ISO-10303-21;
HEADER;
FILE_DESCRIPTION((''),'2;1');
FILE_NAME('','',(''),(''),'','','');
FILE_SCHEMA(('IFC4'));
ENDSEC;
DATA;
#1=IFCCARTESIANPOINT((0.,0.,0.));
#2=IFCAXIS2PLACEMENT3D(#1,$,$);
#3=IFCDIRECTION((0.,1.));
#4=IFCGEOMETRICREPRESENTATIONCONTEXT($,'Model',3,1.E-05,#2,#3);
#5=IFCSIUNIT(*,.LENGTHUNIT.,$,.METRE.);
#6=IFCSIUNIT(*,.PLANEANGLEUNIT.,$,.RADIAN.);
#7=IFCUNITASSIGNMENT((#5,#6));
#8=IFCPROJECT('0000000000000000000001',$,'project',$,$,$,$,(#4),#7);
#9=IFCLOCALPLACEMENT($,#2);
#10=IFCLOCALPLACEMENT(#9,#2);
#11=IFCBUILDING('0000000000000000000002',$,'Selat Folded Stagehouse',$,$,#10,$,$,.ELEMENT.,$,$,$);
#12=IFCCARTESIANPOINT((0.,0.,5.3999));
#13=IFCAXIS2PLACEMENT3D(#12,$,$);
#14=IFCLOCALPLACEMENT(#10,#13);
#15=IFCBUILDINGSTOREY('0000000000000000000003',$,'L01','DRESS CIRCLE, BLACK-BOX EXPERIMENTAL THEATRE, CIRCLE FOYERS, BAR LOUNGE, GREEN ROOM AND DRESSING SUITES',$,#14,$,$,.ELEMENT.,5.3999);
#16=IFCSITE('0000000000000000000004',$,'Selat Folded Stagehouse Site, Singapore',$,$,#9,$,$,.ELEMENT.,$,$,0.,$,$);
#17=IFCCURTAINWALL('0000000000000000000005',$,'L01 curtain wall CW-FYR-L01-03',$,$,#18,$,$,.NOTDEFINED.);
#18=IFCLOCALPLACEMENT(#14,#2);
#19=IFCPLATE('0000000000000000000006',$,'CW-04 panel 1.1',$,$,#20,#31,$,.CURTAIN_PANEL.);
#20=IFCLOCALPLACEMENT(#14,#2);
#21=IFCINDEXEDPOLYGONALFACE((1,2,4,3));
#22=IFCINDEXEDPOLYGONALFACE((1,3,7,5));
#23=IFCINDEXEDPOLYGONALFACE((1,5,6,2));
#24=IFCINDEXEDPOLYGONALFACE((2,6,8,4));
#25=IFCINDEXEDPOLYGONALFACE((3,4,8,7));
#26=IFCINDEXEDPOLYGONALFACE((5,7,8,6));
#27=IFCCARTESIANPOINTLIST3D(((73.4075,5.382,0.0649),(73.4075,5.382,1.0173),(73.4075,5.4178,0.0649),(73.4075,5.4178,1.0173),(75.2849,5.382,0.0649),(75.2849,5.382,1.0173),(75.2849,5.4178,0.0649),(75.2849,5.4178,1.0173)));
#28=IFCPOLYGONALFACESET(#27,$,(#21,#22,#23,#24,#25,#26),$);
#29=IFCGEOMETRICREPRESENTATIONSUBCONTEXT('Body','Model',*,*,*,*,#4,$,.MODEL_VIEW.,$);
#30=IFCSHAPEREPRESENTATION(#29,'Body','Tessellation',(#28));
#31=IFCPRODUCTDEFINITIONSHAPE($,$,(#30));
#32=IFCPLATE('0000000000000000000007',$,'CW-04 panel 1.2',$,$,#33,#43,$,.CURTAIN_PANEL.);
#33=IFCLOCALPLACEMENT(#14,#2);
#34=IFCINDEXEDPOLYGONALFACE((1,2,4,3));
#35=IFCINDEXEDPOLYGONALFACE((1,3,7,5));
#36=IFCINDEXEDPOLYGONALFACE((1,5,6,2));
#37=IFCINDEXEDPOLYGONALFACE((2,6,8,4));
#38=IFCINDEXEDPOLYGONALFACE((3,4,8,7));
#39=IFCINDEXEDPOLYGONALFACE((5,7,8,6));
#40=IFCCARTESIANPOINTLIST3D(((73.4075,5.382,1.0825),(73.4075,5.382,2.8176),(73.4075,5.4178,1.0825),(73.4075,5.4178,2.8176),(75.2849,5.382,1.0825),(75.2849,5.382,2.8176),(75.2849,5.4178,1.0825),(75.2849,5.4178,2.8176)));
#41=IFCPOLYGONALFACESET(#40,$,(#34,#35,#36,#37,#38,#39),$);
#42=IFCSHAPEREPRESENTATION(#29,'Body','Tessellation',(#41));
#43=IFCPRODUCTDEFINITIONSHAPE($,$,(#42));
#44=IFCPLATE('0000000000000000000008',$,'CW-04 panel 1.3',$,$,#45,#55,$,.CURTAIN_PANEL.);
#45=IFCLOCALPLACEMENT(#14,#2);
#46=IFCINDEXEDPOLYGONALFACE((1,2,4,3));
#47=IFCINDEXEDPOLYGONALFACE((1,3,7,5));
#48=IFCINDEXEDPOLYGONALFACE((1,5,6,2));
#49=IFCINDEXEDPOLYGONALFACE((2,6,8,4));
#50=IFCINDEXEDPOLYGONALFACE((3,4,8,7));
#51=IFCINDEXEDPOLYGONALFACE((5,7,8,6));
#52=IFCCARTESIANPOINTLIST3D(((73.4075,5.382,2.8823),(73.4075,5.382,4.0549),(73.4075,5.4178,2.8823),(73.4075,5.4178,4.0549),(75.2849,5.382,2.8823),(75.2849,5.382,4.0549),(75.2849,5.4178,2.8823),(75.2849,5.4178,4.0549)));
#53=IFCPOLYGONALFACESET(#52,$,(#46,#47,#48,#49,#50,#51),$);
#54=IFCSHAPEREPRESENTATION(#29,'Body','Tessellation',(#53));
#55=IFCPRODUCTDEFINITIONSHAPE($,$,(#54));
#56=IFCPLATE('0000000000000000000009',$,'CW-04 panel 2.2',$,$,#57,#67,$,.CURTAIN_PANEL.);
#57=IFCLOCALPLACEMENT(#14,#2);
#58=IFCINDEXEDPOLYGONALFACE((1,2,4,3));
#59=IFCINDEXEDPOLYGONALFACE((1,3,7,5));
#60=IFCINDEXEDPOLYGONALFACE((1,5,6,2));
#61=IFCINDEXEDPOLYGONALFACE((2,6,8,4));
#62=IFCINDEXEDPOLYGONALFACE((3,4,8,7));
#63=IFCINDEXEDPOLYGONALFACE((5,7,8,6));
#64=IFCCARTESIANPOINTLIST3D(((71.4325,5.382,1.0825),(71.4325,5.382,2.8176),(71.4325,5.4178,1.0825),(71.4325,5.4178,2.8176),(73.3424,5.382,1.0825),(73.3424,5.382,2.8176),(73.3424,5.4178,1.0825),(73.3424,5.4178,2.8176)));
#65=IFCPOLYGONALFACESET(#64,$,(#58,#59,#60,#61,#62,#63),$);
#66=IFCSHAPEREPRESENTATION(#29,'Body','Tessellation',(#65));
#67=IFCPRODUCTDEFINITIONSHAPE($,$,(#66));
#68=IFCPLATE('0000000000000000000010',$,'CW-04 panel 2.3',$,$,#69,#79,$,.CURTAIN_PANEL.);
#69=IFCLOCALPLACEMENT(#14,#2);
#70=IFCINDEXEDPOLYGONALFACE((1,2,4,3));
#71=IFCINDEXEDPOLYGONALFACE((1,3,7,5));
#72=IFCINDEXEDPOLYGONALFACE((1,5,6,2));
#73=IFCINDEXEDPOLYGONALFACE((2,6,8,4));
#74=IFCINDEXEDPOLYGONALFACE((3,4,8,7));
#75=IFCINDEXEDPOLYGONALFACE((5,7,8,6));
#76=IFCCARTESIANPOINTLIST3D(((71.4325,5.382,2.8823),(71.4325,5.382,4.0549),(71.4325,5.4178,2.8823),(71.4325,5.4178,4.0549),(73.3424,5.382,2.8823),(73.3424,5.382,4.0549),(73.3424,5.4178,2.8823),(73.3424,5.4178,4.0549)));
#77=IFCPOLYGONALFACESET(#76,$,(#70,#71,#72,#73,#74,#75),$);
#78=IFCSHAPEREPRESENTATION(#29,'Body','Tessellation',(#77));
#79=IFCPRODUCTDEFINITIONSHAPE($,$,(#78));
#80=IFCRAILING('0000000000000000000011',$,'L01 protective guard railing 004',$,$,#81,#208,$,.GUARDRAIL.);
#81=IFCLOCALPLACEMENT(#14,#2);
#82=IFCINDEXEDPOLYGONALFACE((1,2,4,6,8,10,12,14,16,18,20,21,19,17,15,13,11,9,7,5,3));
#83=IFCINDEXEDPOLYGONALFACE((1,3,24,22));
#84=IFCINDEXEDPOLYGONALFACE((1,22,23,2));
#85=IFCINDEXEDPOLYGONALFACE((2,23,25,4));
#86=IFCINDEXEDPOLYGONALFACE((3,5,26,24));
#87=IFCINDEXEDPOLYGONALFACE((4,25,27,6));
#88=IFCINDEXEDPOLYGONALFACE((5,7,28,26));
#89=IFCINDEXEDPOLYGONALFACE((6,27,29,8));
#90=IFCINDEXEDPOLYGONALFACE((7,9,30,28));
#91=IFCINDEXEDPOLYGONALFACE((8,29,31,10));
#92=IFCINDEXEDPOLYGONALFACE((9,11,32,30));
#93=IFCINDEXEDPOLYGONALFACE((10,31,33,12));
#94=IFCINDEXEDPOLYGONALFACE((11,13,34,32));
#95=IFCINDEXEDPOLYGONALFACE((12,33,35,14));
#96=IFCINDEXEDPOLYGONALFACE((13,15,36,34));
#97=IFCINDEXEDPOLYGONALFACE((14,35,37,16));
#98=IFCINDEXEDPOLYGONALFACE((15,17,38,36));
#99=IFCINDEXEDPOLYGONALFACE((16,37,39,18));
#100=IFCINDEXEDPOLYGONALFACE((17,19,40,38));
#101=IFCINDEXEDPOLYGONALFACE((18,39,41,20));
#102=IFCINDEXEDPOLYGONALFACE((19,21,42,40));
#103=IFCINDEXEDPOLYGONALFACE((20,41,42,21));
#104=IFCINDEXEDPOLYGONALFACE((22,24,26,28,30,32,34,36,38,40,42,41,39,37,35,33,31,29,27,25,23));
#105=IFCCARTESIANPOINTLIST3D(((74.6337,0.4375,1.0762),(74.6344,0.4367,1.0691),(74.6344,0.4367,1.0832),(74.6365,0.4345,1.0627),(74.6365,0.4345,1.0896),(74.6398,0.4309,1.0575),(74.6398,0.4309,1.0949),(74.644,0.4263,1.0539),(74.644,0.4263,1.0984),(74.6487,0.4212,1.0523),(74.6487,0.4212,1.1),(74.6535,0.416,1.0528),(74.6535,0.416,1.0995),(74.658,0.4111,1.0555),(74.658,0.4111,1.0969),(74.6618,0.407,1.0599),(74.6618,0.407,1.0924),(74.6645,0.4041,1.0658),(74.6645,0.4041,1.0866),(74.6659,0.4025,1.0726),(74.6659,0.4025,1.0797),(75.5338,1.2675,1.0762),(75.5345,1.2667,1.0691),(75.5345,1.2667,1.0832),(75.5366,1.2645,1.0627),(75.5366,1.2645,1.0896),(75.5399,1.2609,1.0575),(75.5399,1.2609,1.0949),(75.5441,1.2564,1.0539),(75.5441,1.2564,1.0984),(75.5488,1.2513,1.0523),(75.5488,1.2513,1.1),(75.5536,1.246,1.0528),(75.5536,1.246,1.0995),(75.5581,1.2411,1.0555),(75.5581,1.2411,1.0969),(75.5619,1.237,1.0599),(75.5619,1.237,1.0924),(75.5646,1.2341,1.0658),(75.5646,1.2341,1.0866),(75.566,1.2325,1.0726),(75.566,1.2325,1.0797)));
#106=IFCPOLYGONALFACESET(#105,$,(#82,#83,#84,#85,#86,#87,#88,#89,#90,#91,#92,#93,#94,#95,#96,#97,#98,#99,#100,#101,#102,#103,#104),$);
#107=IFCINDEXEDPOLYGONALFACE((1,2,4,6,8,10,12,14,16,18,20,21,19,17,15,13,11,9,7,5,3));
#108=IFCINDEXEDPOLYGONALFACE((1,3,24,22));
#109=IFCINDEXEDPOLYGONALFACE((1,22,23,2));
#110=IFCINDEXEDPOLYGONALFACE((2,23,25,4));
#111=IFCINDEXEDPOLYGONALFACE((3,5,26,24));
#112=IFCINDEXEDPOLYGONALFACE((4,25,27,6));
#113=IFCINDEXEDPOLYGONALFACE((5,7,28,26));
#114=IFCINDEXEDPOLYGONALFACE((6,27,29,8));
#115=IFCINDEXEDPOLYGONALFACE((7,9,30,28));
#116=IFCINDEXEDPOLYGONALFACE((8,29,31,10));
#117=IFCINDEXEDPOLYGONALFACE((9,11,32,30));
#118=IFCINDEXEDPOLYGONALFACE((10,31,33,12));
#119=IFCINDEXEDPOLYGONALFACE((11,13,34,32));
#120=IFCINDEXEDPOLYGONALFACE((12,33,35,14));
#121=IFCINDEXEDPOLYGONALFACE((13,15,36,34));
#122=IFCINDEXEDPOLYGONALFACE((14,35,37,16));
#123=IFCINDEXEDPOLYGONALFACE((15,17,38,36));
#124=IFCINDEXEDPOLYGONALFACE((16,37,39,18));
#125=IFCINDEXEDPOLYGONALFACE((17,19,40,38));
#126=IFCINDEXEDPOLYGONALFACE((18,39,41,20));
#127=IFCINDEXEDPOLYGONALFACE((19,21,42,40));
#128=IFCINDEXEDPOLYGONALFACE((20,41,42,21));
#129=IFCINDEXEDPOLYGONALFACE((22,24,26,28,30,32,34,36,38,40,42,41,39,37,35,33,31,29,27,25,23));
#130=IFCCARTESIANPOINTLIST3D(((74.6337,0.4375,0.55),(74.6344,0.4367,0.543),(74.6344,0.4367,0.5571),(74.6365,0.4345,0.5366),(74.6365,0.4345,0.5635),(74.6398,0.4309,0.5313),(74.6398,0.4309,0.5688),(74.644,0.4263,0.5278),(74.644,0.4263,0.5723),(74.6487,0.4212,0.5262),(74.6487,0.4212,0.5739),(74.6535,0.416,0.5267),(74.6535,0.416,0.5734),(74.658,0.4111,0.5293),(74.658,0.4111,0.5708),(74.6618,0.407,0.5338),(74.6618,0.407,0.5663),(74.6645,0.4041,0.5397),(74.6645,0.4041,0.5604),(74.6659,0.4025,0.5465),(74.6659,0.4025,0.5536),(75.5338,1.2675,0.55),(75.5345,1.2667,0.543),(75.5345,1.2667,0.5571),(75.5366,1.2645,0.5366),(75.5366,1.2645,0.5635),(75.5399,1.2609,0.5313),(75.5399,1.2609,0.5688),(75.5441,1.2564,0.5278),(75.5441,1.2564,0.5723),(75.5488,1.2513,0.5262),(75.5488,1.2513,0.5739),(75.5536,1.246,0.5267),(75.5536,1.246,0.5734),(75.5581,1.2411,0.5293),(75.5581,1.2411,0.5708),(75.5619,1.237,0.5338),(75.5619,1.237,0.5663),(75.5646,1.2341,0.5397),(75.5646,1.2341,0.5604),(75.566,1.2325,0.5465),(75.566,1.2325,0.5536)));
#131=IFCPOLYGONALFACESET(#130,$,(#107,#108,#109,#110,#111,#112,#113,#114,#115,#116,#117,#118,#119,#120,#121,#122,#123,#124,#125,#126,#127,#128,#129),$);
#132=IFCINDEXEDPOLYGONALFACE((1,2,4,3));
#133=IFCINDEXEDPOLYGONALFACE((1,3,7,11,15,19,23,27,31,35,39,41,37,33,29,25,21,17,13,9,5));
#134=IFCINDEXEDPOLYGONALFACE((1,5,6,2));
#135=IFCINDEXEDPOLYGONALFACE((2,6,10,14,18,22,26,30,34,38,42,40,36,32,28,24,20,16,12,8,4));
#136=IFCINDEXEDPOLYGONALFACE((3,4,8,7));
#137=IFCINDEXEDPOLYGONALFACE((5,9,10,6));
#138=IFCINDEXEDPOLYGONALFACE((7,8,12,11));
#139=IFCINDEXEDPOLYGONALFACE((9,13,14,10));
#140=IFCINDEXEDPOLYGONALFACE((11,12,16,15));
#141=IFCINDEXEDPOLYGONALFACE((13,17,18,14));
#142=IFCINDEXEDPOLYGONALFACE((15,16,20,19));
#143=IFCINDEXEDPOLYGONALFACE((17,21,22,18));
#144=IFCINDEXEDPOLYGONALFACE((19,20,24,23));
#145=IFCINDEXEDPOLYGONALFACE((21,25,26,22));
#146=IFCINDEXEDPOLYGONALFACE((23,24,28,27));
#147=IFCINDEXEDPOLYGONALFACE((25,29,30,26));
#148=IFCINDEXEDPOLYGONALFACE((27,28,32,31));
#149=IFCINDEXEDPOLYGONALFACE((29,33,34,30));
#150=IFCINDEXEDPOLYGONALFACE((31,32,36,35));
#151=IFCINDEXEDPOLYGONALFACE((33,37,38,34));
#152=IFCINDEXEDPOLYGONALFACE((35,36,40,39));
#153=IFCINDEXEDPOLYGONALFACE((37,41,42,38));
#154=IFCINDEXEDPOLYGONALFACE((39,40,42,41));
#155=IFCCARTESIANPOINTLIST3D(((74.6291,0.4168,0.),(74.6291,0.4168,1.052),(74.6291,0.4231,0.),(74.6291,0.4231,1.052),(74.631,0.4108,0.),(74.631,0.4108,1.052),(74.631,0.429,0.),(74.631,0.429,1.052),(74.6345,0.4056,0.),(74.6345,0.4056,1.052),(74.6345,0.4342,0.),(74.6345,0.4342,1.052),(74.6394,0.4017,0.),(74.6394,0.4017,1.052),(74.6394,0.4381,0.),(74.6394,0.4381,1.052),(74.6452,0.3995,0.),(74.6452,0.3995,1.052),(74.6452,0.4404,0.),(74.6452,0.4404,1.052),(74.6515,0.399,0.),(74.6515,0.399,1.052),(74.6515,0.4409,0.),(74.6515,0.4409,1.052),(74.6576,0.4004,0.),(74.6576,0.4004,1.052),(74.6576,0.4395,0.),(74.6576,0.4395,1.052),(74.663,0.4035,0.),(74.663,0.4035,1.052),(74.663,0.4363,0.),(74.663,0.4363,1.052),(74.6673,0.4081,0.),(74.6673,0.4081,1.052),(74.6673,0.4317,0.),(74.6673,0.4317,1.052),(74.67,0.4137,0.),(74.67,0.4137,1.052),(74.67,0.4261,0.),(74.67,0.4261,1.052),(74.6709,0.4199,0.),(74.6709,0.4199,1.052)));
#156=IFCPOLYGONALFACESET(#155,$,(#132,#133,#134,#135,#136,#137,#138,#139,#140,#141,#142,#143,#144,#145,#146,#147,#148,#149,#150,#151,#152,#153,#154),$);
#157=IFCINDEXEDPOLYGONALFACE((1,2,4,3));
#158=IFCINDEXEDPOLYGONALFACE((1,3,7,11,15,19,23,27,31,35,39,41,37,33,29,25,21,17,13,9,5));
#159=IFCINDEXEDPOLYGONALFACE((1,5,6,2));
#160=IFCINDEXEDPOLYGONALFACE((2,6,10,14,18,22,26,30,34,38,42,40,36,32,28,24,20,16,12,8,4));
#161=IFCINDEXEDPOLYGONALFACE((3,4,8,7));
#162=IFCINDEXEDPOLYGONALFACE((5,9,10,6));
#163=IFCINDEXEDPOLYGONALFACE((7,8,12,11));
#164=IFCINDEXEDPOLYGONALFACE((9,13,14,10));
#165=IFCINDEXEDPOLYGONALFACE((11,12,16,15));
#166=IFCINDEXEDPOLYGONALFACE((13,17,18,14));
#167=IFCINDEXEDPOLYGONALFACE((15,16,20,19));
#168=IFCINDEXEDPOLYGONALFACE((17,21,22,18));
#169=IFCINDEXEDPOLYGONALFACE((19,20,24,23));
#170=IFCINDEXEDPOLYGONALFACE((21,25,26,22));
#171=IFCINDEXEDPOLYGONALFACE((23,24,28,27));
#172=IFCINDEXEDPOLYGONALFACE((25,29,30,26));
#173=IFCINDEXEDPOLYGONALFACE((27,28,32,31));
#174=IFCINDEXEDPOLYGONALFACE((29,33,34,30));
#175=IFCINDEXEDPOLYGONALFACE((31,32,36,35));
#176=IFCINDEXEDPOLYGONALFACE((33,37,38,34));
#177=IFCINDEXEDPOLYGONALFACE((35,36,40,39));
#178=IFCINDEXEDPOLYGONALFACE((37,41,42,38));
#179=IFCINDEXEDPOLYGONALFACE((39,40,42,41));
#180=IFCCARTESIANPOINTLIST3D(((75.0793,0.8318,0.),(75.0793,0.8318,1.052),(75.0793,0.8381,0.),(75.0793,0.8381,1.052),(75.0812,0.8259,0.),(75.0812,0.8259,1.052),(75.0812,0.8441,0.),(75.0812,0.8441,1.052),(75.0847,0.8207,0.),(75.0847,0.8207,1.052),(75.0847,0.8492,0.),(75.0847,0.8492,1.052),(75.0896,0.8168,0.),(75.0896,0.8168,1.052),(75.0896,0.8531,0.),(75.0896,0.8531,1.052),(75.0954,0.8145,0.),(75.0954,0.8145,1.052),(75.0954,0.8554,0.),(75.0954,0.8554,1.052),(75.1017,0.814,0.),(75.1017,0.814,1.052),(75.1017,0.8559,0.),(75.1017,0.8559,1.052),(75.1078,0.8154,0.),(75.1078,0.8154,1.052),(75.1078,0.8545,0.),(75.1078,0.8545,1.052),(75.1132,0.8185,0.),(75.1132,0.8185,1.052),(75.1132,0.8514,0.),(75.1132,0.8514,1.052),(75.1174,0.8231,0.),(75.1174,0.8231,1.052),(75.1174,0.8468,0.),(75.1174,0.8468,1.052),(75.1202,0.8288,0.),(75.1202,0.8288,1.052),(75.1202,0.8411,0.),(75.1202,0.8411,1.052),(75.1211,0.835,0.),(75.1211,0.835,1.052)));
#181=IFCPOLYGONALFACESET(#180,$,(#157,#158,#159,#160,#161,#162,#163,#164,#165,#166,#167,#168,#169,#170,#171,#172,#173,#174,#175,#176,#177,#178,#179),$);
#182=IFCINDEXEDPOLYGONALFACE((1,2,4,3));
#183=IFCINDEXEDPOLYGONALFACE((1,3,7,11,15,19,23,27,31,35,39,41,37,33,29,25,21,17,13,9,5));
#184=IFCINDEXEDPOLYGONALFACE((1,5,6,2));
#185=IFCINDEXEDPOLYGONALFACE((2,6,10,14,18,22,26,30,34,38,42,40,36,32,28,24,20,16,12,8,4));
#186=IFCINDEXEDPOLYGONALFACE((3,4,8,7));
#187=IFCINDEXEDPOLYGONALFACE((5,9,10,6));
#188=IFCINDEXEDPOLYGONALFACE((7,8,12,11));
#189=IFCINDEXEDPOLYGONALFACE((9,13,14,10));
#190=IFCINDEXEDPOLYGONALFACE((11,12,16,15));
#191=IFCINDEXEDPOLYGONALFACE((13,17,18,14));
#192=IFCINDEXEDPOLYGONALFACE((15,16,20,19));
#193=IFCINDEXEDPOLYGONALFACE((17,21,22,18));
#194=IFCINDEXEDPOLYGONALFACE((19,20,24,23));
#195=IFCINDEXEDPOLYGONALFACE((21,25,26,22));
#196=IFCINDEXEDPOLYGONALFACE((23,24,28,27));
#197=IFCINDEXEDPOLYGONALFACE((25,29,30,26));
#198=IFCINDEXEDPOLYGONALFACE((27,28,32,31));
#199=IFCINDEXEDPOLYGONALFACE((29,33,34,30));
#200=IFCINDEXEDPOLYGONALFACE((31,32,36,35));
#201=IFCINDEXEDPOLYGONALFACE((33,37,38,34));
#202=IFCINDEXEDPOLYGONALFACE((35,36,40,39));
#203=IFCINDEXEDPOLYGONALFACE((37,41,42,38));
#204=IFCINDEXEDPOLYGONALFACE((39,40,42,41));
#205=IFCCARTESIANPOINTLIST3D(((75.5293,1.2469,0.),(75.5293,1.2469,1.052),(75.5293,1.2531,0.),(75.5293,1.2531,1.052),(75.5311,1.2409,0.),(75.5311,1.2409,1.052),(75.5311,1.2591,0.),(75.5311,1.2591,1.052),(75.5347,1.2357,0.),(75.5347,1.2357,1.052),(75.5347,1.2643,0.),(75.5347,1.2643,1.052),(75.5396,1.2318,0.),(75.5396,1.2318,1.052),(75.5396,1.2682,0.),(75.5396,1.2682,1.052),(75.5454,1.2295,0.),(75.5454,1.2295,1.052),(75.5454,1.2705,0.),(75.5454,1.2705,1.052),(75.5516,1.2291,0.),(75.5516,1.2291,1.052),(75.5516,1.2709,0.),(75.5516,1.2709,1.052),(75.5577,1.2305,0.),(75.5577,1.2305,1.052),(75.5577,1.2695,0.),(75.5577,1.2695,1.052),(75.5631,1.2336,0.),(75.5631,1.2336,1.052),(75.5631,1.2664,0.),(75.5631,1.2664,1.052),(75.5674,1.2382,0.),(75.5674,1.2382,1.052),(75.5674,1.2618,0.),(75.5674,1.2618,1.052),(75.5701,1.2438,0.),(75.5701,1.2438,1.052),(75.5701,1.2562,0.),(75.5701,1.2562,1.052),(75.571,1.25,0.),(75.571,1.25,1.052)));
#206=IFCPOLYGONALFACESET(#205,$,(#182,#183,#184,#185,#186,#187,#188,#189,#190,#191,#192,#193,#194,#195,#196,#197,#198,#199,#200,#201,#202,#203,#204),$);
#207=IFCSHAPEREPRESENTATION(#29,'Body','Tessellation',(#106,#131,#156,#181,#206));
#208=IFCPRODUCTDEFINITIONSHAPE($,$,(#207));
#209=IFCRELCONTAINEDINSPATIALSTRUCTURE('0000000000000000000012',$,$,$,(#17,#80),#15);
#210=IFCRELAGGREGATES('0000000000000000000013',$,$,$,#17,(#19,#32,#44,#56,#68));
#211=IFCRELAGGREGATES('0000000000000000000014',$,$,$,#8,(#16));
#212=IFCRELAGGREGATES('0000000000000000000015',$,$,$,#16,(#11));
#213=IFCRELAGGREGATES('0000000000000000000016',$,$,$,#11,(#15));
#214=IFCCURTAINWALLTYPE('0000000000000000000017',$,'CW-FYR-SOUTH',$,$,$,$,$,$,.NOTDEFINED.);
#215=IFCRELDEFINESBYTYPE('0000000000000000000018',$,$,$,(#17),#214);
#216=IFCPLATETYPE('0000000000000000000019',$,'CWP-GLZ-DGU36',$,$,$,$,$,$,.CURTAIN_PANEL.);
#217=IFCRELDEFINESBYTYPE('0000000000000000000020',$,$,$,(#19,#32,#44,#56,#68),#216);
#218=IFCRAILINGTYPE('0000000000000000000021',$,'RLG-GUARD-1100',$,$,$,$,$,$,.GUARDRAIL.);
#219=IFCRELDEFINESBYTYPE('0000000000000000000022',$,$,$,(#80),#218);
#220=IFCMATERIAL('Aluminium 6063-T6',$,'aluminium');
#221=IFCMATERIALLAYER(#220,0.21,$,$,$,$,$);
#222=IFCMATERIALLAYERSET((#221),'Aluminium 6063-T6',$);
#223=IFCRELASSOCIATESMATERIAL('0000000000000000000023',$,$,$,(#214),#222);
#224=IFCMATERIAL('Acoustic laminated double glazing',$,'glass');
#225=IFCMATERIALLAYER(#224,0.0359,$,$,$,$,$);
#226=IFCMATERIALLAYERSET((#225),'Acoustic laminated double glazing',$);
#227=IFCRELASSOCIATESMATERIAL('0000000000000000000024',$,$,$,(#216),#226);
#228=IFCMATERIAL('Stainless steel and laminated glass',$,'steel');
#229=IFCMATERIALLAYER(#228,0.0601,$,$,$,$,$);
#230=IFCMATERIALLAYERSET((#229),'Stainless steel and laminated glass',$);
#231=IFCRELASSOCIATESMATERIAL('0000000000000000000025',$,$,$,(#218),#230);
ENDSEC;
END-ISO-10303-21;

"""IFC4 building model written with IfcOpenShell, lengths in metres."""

from ifc_helpers import new_model, si_unit, direction, frame, origin, origin_2d, place, context, subcontext, project, spatial, rectangle, circle, extrude, material, layer, layer_set, type_object, element, aggregate, save


model = new_model("IFC4")

# Units and contexts
model_context = context("Model", 3, precision=1e-05, world=origin(), true_north=direction((0.0, 1.0)))
body_context = subcontext(model_context, "Body", "Model", "MODEL_VIEW")
ifc_project = project(units=[si_unit("LENGTHUNIT", "METRE"), si_unit("PLANEANGLEUNIT", "RADIAN")], contexts=[model_context])

# Site, building, storey
site_placement = place(None, origin())
site = spatial("IfcSite", under=ifc_project, at=site_placement, Name="Selat Folded Stagehouse Site, Singapore", CompositionType="ELEMENT", RefElevation=0.0)
building_placement = place(site_placement, origin())
building = spatial("IfcBuilding", under=site, at=building_placement, Name="Selat Folded Stagehouse", CompositionType="ELEMENT")
storey_placement = place(building_placement, frame((0.0, 0.0, 5.3999)))
storey = spatial("IfcBuildingStorey", under=building, at=storey_placement, Name="L01", Description="DRESS CIRCLE, BLACK-BOX EXPERIMENTAL THEATRE, CIRCLE FOYERS, BAR LOUNGE, GREEN ROOM AND DRESSING SUITES", CompositionType="ELEMENT", Elevation=5.3999)

# Curtain wall
ifc_material_1 = material(Name="Aluminium 6063-T6", Category="aluminium")
ifc_layer_1 = layer(ifc_material_1, 0.21)
ifc_layer_set_1 = layer_set([ifc_layer_1], Name="Aluminium 6063-T6")
curtain_wall_type = type_object("IfcCurtainWallType", Name="CW-FYR-SOUTH", PredefinedType="NOTDEFINED", material=ifc_layer_set_1)
curtain_wall_placement = place(storey_placement, origin())
curtain_wall = element("IfcCurtainWall", 1, at=curtain_wall_placement, inside=storey, type_object=curtain_wall_type, Name="L01 curtain wall CW-FYR-L01-03", PredefinedType="NOTDEFINED")

# Plates
ifc_material_2 = material(Name="Acoustic laminated double glazing", Category="glass")
ifc_layer_2 = layer(ifc_material_2, 0.0359)
ifc_layer_set_2 = layer_set([ifc_layer_2], Name="Acoustic laminated double glazing")
plate_type = type_object("IfcPlateType", Name="CWP-GLZ-DGU36", PredefinedType="CURTAIN_PANEL", material=ifc_layer_set_2)
plate_1_placement = place(storey_placement, frame((74.3462, 5.3999, 0.0649), z_axis=(0.0, 0.0, 1.0), x_axis=(-1.0, 0.0, 0.0)))
plate_1 = element("IfcPlate", 2, at=plate_1_placement, type_object=plate_type, Name="CW-04 panel 1.1", PredefinedType="CURTAIN_PANEL", context=body_context, shape_type="SweptSolid", body=[
    extrude(rectangle(XDim=1.8774, YDim=0.0359, at=origin_2d()), origin(), (0.0, 0.0, 1.0), 0.9524),
])
plate_2_placement = place(storey_placement, frame((74.3462, 5.3999, 1.0825), z_axis=(0.0, 0.0, 1.0), x_axis=(-1.0, 0.0, 0.0)))
plate_2 = element("IfcPlate", 3, at=plate_2_placement, type_object=plate_type, Name="CW-04 panel 1.2", PredefinedType="CURTAIN_PANEL", context=body_context, shape_type="SweptSolid", body=[
    extrude(rectangle(XDim=1.8774, YDim=0.0359, at=origin_2d()), origin(), (0.0, 0.0, 1.0), 1.7351),
])
plate_3_placement = place(storey_placement, frame((74.3462, 5.3999, 2.8823), z_axis=(0.0, 0.0, 1.0), x_axis=(-1.0, 0.0, 0.0)))
plate_3 = element("IfcPlate", 4, at=plate_3_placement, type_object=plate_type, Name="CW-04 panel 1.3", PredefinedType="CURTAIN_PANEL", context=body_context, shape_type="SweptSolid", body=[
    extrude(rectangle(XDim=1.8774, YDim=0.0359, at=origin_2d()), origin(), (0.0, 0.0, 1.0), 1.1726),
])
plate_4_placement = place(storey_placement, frame((72.3875, 5.3999, 1.0825), z_axis=(0.0, 0.0, 1.0), x_axis=(-1.0, 0.0, 0.0)))
plate_4 = element("IfcPlate", 5, at=plate_4_placement, type_object=plate_type, Name="CW-04 panel 2.2", PredefinedType="CURTAIN_PANEL", context=body_context, shape_type="SweptSolid", body=[
    extrude(rectangle(XDim=1.9099, YDim=0.0359, at=origin_2d()), origin(), (0.0, 0.0, 1.0), 1.7351),
])
plate_5_placement = place(storey_placement, frame((72.3875, 5.3999, 2.8823), z_axis=(0.0, 0.0, 1.0), x_axis=(-1.0, 0.0, 0.0)))
plate_5 = element("IfcPlate", 6, at=plate_5_placement, type_object=plate_type, Name="CW-04 panel 2.3", PredefinedType="CURTAIN_PANEL", context=body_context, shape_type="SweptSolid", body=[
    extrude(rectangle(XDim=1.9099, YDim=0.0359, at=origin_2d()), origin(), (0.0, 0.0, 1.0), 1.1726),
])
aggregate(curtain_wall, [plate_1, plate_2, plate_3, plate_4, plate_5])

# Railing
ifc_material_3 = material(Name="Stainless steel and laminated glass", Category="steel")
ifc_layer_3 = layer(ifc_material_3, 0.0601)
ifc_layer_set_3 = layer_set([ifc_layer_3], Name="Stainless steel and laminated glass")
railing_type = type_object("IfcRailingType", Name="RLG-GUARD-1100", PredefinedType="GUARDRAIL", material=ifc_layer_set_3)
railing_1_placement = place(storey_placement, frame((74.6499, 0.4199, 0.0)))
element("IfcRailing", 7, at=railing_1_placement, inside=storey, type_object=railing_type, Name="L01 protective guard railing 004", PredefinedType="GUARDRAIL", context=body_context, shape_type="SweptSolid", body=[
    extrude(circle(Radius=0.0239, at=origin_2d()), frame((0.0, 0.0, 1.0762), z_axis=(0.73514, 0.677916, 0.0), x_axis=(-0.677916, 0.73514, 0.0)), (0.0, 0.0, 1.0), 1.2244),
    extrude(circle(Radius=0.0239, at=origin_2d()), frame((0.0, 0.0, 0.55), z_axis=(0.73514, 0.677916, 0.0), x_axis=(-0.677916, 0.73514, 0.0)), (0.0, 0.0, 1.0), 1.2244),
    extrude(circle(Radius=0.021, at=origin_2d()), origin(), (0.0, 0.0, 1.0), 1.052),
    extrude(circle(Radius=0.021, at=origin_2d()), frame((0.4502, 0.415, 0.0)), (0.0, 0.0, 1.0), 1.052),
    extrude(circle(Radius=0.021, at=origin_2d()), frame((0.9001, 0.8301, 0.0)), (0.0, 0.0, 1.0), 1.052),
])

save(model, "model.ifc")
